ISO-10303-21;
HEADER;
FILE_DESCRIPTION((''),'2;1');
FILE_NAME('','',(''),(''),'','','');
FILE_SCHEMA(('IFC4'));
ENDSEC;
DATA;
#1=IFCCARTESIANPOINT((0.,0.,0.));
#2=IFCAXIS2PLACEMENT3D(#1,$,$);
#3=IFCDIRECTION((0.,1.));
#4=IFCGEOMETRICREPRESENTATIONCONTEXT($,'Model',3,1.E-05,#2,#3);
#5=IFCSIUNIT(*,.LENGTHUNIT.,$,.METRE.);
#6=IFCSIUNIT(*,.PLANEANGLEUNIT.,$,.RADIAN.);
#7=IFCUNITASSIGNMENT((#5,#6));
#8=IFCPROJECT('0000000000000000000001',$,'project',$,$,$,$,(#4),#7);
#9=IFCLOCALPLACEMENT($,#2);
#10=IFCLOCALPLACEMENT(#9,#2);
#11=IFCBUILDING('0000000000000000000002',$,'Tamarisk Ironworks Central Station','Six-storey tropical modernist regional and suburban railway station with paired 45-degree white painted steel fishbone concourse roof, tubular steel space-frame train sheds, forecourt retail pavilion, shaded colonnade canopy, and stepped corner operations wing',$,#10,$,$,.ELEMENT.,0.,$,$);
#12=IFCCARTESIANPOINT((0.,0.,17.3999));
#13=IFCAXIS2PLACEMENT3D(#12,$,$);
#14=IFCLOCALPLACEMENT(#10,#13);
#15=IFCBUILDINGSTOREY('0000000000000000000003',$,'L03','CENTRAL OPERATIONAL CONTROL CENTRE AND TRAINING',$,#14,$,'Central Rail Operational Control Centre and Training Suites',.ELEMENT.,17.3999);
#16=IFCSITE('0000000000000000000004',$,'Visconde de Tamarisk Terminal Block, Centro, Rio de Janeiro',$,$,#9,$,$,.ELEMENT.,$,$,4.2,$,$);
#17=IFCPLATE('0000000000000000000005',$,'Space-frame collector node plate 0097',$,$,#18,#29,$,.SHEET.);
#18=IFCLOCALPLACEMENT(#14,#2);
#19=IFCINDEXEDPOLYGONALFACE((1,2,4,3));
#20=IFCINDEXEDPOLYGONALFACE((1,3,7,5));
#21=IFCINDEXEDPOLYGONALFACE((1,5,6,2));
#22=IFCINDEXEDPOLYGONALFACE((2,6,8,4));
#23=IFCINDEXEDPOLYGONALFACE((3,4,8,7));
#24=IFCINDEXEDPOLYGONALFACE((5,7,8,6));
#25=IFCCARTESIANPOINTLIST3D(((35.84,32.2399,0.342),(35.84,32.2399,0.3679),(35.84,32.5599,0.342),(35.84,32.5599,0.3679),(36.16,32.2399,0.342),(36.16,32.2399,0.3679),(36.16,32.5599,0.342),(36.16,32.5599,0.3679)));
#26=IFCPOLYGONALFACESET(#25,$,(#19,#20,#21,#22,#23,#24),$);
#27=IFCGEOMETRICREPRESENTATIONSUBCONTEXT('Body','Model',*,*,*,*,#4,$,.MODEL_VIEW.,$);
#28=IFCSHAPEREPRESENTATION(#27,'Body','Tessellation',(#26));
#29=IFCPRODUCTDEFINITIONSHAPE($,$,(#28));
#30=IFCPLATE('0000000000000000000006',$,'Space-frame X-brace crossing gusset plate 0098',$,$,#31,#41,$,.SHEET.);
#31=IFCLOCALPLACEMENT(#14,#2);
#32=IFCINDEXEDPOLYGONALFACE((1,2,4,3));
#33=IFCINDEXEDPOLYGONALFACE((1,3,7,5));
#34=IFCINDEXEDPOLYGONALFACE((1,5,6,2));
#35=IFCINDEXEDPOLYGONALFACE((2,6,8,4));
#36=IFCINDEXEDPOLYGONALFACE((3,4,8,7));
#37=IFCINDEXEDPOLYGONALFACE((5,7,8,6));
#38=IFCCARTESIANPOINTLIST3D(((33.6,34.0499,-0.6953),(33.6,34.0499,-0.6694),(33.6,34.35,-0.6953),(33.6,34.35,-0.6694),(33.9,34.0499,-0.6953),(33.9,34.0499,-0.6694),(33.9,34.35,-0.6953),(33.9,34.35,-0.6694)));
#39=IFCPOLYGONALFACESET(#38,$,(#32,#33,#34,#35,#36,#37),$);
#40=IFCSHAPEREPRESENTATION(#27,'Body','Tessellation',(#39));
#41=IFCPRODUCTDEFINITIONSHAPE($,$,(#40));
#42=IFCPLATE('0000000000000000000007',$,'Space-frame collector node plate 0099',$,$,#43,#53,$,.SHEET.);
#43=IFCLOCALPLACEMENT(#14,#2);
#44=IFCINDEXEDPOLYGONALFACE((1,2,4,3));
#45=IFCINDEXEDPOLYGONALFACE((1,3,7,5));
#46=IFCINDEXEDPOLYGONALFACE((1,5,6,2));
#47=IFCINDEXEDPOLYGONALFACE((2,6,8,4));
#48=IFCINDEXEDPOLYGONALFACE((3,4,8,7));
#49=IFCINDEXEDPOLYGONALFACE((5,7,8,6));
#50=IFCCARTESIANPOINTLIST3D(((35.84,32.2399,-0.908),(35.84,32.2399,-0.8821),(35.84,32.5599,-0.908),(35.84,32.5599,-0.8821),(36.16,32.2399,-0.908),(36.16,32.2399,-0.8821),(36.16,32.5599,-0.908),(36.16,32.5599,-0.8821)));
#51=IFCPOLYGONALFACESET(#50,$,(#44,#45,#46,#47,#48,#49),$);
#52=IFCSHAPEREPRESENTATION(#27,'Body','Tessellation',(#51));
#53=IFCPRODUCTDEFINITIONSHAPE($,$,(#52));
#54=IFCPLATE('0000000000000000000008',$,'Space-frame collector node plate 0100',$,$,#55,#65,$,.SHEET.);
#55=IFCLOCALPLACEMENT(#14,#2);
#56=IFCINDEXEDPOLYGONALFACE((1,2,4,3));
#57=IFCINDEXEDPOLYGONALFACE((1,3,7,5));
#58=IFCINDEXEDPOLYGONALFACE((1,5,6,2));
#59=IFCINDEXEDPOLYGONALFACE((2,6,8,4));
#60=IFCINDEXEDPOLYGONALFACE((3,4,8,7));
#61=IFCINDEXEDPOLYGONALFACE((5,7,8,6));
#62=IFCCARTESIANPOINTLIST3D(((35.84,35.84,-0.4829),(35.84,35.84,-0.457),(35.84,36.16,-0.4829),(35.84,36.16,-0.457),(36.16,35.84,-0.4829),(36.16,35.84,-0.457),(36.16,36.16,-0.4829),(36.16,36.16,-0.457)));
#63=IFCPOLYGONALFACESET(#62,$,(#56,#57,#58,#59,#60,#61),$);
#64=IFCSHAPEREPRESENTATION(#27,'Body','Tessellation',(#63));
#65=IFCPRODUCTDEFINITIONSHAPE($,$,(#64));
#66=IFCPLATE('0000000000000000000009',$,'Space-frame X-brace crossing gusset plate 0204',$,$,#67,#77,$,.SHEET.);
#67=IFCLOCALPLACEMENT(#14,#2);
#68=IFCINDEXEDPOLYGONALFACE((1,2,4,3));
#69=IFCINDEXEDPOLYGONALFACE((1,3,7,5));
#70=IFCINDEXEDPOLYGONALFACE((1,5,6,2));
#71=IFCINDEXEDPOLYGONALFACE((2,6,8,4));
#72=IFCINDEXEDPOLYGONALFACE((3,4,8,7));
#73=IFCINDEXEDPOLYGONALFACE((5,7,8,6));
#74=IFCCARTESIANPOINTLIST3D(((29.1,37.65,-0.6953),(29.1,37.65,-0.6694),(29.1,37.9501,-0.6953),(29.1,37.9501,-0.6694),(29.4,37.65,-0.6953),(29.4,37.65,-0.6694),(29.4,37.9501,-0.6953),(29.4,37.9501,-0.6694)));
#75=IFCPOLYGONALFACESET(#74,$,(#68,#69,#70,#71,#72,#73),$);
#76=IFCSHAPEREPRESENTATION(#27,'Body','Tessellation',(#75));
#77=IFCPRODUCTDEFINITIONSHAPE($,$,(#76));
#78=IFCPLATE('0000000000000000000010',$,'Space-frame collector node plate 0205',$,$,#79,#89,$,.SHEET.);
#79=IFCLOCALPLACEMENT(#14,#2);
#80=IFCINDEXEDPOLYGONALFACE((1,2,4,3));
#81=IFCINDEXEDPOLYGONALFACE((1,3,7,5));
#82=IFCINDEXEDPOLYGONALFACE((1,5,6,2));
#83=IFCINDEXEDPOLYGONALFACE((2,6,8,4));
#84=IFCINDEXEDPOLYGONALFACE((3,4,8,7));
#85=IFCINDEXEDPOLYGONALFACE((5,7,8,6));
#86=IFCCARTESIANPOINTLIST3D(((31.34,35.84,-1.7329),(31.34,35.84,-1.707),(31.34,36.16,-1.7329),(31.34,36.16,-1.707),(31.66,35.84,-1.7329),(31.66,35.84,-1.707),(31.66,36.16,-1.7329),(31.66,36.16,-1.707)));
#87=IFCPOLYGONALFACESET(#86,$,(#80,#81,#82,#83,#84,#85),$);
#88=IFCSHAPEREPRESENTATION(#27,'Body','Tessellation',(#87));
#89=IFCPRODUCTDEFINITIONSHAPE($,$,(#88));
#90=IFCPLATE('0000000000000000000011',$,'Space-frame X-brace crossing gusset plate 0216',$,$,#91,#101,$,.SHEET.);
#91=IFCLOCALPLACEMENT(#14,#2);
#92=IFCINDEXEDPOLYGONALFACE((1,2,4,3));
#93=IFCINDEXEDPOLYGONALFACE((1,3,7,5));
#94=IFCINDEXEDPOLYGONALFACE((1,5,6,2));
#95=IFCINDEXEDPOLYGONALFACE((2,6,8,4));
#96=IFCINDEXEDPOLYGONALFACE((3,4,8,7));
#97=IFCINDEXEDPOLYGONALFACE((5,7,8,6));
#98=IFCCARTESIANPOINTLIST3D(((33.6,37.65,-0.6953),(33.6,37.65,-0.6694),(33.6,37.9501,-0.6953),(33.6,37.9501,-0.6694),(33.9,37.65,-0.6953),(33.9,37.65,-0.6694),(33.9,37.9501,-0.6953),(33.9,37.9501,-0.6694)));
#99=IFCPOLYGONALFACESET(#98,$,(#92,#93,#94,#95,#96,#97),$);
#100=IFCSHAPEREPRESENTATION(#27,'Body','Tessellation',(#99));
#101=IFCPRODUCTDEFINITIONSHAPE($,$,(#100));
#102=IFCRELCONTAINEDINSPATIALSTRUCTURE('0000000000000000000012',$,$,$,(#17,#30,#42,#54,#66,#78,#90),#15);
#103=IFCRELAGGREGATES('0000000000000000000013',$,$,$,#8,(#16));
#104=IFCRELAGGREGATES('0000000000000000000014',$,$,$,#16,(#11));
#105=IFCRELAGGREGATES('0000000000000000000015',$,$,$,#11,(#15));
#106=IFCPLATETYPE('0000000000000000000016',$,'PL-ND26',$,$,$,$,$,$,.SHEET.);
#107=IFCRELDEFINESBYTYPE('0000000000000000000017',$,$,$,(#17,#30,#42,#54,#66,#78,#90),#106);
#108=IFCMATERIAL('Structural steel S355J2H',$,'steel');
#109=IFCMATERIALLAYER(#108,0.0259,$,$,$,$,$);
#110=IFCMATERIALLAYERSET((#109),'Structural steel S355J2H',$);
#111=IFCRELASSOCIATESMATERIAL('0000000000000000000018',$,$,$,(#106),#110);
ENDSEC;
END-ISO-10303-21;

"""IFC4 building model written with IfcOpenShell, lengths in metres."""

from ifc_helpers import new_model, si_unit, direction, frame, origin, origin_2d, place, context, subcontext, project, spatial, rectangle, extrude, material, layer, layer_set, type_object, element, save


model = new_model("IFC4")

# Units and contexts
model_context = context("Model", 3, precision=1e-05, world=origin(), true_north=direction((0.0, 1.0)))
body_context = subcontext(model_context, "Body", "Model", "MODEL_VIEW")
ifc_project = project(units=[si_unit("LENGTHUNIT", "METRE"), si_unit("PLANEANGLEUNIT", "RADIAN")], contexts=[model_context])

# Site, building, storey
site_placement = place(None, origin())
site = spatial("IfcSite", under=ifc_project, at=site_placement, Name="Visconde de Tamarisk Terminal Block, Centro, Rio de Janeiro", CompositionType="ELEMENT", RefElevation=4.2)
building_placement = place(site_placement, origin())
building = spatial("IfcBuilding", under=site, at=building_placement, Name="Tamarisk Ironworks Central Station", Description="Six-storey tropical modernist regional and suburban railway station with paired 45-degree white painted steel fishbone concourse roof, tubular steel space-frame train sheds, forecourt retail pavilion, shaded colonnade canopy, and stepped corner operations wing", CompositionType="ELEMENT", ElevationOfRefHeight=0.0)
storey_placement = place(building_placement, frame((0.0, 0.0, 17.3999)))
storey = spatial("IfcBuildingStorey", under=building, at=storey_placement, Name="L03", Description="CENTRAL OPERATIONAL CONTROL CENTRE AND TRAINING", LongName="Central Rail Operational Control Centre and Training Suites", CompositionType="ELEMENT", Elevation=17.3999)

# Shared definitions
ifc_material_1 = material(Name="Structural steel S355J2H", Category="steel")

# Plates
ifc_layer = layer(ifc_material_1, 0.0259)
ifc_layer_set = layer_set([ifc_layer], Name="Structural steel S355J2H")
plate_type = type_object("IfcPlateType", Name="PL-ND26", PredefinedType="SHEET", material=ifc_layer_set)
for number, where, z_axis, x_axis, name in (
    (1, (36.0, 32.3999, 0.342), (0.0, 0.0, 1.0), (1.0, 0.0, 0.0), "Space-frame collector node plate 0097"),
):
    element("IfcPlate", number, at=place(storey_placement, frame(where, z_axis=z_axis, x_axis=x_axis)), inside=storey, type_object=plate_type, Name=name, PredefinedType="SHEET", context=body_context, shape_type="SweptSolid", body=[
        extrude(rectangle(XDim=0.3201, YDim=0.3201, at=origin_2d()), origin(), (0.0, 0.0, 1.0), 0.0259),
    ])
plate_1_placement = place(storey_placement, frame((33.75, 34.2, -0.6953), z_axis=(0.0, 0.0, 1.0), x_axis=(1.0, 0.0, 0.0)))
element("IfcPlate", 2, at=plate_1_placement, inside=storey, type_object=plate_type, Name="Space-frame X-brace crossing gusset plate 0098", PredefinedType="SHEET", context=body_context, shape_type="SweptSolid", body=[
    extrude(rectangle(XDim=0.3, YDim=0.3, at=origin_2d()), origin(), (0.0, 0.0, 1.0), 0.0259),
])
for number, where, z_axis, x_axis, name in (
    (3, (36.0, 32.3999, -0.908), (0.0, 0.0, 1.0), (1.0, 0.0, 0.0), "Space-frame collector node plate 0099"),
    (4, (36.0, 36.0, -0.4829), (0.0, 0.0, 1.0), (1.0, 0.0, 0.0), "Space-frame collector node plate 0100"),
):
    element("IfcPlate", number, at=place(storey_placement, frame(where, z_axis=z_axis, x_axis=x_axis)), inside=storey, type_object=plate_type, Name=name, PredefinedType="SHEET", context=body_context, shape_type="SweptSolid", body=[
        extrude(rectangle(XDim=0.3201, YDim=0.3201, at=origin_2d()), origin(), (0.0, 0.0, 1.0), 0.0259),
    ])
plate_2_placement = place(storey_placement, frame((29.25, 37.8, -0.6953), z_axis=(0.0, 0.0, 1.0), x_axis=(1.0, 0.0, 0.0)))
element("IfcPlate", 5, at=plate_2_placement, inside=storey, type_object=plate_type, Name="Space-frame X-brace crossing gusset plate 0204", PredefinedType="SHEET", context=body_context, shape_type="SweptSolid", body=[
    extrude(rectangle(XDim=0.3, YDim=0.3, at=origin_2d()), origin(), (0.0, 0.0, 1.0), 0.0259),
])
plate_3_placement = place(storey_placement, frame((31.5, 36.0, -1.7329), z_axis=(0.0, 0.0, 1.0), x_axis=(1.0, 0.0, 0.0)))
element("IfcPlate", 6, at=plate_3_placement, inside=storey, type_object=plate_type, Name="Space-frame collector node plate 0205", PredefinedType="SHEET", context=body_context, shape_type="SweptSolid", body=[
    extrude(rectangle(XDim=0.3201, YDim=0.3201, at=origin_2d()), origin(), (0.0, 0.0, 1.0), 0.0259),
])
plate_4_placement = place(storey_placement, frame((33.75, 37.8, -0.6953), z_axis=(0.0, 0.0, 1.0), x_axis=(1.0, 0.0, 0.0)))
element("IfcPlate", 7, at=plate_4_placement, inside=storey, type_object=plate_type, Name="Space-frame X-brace crossing gusset plate 0216", PredefinedType="SHEET", context=body_context, shape_type="SweptSolid", body=[
    extrude(rectangle(XDim=0.3, YDim=0.3, at=origin_2d()), origin(), (0.0, 0.0, 1.0), 0.0259),
])

save(model, "model.ifc")
